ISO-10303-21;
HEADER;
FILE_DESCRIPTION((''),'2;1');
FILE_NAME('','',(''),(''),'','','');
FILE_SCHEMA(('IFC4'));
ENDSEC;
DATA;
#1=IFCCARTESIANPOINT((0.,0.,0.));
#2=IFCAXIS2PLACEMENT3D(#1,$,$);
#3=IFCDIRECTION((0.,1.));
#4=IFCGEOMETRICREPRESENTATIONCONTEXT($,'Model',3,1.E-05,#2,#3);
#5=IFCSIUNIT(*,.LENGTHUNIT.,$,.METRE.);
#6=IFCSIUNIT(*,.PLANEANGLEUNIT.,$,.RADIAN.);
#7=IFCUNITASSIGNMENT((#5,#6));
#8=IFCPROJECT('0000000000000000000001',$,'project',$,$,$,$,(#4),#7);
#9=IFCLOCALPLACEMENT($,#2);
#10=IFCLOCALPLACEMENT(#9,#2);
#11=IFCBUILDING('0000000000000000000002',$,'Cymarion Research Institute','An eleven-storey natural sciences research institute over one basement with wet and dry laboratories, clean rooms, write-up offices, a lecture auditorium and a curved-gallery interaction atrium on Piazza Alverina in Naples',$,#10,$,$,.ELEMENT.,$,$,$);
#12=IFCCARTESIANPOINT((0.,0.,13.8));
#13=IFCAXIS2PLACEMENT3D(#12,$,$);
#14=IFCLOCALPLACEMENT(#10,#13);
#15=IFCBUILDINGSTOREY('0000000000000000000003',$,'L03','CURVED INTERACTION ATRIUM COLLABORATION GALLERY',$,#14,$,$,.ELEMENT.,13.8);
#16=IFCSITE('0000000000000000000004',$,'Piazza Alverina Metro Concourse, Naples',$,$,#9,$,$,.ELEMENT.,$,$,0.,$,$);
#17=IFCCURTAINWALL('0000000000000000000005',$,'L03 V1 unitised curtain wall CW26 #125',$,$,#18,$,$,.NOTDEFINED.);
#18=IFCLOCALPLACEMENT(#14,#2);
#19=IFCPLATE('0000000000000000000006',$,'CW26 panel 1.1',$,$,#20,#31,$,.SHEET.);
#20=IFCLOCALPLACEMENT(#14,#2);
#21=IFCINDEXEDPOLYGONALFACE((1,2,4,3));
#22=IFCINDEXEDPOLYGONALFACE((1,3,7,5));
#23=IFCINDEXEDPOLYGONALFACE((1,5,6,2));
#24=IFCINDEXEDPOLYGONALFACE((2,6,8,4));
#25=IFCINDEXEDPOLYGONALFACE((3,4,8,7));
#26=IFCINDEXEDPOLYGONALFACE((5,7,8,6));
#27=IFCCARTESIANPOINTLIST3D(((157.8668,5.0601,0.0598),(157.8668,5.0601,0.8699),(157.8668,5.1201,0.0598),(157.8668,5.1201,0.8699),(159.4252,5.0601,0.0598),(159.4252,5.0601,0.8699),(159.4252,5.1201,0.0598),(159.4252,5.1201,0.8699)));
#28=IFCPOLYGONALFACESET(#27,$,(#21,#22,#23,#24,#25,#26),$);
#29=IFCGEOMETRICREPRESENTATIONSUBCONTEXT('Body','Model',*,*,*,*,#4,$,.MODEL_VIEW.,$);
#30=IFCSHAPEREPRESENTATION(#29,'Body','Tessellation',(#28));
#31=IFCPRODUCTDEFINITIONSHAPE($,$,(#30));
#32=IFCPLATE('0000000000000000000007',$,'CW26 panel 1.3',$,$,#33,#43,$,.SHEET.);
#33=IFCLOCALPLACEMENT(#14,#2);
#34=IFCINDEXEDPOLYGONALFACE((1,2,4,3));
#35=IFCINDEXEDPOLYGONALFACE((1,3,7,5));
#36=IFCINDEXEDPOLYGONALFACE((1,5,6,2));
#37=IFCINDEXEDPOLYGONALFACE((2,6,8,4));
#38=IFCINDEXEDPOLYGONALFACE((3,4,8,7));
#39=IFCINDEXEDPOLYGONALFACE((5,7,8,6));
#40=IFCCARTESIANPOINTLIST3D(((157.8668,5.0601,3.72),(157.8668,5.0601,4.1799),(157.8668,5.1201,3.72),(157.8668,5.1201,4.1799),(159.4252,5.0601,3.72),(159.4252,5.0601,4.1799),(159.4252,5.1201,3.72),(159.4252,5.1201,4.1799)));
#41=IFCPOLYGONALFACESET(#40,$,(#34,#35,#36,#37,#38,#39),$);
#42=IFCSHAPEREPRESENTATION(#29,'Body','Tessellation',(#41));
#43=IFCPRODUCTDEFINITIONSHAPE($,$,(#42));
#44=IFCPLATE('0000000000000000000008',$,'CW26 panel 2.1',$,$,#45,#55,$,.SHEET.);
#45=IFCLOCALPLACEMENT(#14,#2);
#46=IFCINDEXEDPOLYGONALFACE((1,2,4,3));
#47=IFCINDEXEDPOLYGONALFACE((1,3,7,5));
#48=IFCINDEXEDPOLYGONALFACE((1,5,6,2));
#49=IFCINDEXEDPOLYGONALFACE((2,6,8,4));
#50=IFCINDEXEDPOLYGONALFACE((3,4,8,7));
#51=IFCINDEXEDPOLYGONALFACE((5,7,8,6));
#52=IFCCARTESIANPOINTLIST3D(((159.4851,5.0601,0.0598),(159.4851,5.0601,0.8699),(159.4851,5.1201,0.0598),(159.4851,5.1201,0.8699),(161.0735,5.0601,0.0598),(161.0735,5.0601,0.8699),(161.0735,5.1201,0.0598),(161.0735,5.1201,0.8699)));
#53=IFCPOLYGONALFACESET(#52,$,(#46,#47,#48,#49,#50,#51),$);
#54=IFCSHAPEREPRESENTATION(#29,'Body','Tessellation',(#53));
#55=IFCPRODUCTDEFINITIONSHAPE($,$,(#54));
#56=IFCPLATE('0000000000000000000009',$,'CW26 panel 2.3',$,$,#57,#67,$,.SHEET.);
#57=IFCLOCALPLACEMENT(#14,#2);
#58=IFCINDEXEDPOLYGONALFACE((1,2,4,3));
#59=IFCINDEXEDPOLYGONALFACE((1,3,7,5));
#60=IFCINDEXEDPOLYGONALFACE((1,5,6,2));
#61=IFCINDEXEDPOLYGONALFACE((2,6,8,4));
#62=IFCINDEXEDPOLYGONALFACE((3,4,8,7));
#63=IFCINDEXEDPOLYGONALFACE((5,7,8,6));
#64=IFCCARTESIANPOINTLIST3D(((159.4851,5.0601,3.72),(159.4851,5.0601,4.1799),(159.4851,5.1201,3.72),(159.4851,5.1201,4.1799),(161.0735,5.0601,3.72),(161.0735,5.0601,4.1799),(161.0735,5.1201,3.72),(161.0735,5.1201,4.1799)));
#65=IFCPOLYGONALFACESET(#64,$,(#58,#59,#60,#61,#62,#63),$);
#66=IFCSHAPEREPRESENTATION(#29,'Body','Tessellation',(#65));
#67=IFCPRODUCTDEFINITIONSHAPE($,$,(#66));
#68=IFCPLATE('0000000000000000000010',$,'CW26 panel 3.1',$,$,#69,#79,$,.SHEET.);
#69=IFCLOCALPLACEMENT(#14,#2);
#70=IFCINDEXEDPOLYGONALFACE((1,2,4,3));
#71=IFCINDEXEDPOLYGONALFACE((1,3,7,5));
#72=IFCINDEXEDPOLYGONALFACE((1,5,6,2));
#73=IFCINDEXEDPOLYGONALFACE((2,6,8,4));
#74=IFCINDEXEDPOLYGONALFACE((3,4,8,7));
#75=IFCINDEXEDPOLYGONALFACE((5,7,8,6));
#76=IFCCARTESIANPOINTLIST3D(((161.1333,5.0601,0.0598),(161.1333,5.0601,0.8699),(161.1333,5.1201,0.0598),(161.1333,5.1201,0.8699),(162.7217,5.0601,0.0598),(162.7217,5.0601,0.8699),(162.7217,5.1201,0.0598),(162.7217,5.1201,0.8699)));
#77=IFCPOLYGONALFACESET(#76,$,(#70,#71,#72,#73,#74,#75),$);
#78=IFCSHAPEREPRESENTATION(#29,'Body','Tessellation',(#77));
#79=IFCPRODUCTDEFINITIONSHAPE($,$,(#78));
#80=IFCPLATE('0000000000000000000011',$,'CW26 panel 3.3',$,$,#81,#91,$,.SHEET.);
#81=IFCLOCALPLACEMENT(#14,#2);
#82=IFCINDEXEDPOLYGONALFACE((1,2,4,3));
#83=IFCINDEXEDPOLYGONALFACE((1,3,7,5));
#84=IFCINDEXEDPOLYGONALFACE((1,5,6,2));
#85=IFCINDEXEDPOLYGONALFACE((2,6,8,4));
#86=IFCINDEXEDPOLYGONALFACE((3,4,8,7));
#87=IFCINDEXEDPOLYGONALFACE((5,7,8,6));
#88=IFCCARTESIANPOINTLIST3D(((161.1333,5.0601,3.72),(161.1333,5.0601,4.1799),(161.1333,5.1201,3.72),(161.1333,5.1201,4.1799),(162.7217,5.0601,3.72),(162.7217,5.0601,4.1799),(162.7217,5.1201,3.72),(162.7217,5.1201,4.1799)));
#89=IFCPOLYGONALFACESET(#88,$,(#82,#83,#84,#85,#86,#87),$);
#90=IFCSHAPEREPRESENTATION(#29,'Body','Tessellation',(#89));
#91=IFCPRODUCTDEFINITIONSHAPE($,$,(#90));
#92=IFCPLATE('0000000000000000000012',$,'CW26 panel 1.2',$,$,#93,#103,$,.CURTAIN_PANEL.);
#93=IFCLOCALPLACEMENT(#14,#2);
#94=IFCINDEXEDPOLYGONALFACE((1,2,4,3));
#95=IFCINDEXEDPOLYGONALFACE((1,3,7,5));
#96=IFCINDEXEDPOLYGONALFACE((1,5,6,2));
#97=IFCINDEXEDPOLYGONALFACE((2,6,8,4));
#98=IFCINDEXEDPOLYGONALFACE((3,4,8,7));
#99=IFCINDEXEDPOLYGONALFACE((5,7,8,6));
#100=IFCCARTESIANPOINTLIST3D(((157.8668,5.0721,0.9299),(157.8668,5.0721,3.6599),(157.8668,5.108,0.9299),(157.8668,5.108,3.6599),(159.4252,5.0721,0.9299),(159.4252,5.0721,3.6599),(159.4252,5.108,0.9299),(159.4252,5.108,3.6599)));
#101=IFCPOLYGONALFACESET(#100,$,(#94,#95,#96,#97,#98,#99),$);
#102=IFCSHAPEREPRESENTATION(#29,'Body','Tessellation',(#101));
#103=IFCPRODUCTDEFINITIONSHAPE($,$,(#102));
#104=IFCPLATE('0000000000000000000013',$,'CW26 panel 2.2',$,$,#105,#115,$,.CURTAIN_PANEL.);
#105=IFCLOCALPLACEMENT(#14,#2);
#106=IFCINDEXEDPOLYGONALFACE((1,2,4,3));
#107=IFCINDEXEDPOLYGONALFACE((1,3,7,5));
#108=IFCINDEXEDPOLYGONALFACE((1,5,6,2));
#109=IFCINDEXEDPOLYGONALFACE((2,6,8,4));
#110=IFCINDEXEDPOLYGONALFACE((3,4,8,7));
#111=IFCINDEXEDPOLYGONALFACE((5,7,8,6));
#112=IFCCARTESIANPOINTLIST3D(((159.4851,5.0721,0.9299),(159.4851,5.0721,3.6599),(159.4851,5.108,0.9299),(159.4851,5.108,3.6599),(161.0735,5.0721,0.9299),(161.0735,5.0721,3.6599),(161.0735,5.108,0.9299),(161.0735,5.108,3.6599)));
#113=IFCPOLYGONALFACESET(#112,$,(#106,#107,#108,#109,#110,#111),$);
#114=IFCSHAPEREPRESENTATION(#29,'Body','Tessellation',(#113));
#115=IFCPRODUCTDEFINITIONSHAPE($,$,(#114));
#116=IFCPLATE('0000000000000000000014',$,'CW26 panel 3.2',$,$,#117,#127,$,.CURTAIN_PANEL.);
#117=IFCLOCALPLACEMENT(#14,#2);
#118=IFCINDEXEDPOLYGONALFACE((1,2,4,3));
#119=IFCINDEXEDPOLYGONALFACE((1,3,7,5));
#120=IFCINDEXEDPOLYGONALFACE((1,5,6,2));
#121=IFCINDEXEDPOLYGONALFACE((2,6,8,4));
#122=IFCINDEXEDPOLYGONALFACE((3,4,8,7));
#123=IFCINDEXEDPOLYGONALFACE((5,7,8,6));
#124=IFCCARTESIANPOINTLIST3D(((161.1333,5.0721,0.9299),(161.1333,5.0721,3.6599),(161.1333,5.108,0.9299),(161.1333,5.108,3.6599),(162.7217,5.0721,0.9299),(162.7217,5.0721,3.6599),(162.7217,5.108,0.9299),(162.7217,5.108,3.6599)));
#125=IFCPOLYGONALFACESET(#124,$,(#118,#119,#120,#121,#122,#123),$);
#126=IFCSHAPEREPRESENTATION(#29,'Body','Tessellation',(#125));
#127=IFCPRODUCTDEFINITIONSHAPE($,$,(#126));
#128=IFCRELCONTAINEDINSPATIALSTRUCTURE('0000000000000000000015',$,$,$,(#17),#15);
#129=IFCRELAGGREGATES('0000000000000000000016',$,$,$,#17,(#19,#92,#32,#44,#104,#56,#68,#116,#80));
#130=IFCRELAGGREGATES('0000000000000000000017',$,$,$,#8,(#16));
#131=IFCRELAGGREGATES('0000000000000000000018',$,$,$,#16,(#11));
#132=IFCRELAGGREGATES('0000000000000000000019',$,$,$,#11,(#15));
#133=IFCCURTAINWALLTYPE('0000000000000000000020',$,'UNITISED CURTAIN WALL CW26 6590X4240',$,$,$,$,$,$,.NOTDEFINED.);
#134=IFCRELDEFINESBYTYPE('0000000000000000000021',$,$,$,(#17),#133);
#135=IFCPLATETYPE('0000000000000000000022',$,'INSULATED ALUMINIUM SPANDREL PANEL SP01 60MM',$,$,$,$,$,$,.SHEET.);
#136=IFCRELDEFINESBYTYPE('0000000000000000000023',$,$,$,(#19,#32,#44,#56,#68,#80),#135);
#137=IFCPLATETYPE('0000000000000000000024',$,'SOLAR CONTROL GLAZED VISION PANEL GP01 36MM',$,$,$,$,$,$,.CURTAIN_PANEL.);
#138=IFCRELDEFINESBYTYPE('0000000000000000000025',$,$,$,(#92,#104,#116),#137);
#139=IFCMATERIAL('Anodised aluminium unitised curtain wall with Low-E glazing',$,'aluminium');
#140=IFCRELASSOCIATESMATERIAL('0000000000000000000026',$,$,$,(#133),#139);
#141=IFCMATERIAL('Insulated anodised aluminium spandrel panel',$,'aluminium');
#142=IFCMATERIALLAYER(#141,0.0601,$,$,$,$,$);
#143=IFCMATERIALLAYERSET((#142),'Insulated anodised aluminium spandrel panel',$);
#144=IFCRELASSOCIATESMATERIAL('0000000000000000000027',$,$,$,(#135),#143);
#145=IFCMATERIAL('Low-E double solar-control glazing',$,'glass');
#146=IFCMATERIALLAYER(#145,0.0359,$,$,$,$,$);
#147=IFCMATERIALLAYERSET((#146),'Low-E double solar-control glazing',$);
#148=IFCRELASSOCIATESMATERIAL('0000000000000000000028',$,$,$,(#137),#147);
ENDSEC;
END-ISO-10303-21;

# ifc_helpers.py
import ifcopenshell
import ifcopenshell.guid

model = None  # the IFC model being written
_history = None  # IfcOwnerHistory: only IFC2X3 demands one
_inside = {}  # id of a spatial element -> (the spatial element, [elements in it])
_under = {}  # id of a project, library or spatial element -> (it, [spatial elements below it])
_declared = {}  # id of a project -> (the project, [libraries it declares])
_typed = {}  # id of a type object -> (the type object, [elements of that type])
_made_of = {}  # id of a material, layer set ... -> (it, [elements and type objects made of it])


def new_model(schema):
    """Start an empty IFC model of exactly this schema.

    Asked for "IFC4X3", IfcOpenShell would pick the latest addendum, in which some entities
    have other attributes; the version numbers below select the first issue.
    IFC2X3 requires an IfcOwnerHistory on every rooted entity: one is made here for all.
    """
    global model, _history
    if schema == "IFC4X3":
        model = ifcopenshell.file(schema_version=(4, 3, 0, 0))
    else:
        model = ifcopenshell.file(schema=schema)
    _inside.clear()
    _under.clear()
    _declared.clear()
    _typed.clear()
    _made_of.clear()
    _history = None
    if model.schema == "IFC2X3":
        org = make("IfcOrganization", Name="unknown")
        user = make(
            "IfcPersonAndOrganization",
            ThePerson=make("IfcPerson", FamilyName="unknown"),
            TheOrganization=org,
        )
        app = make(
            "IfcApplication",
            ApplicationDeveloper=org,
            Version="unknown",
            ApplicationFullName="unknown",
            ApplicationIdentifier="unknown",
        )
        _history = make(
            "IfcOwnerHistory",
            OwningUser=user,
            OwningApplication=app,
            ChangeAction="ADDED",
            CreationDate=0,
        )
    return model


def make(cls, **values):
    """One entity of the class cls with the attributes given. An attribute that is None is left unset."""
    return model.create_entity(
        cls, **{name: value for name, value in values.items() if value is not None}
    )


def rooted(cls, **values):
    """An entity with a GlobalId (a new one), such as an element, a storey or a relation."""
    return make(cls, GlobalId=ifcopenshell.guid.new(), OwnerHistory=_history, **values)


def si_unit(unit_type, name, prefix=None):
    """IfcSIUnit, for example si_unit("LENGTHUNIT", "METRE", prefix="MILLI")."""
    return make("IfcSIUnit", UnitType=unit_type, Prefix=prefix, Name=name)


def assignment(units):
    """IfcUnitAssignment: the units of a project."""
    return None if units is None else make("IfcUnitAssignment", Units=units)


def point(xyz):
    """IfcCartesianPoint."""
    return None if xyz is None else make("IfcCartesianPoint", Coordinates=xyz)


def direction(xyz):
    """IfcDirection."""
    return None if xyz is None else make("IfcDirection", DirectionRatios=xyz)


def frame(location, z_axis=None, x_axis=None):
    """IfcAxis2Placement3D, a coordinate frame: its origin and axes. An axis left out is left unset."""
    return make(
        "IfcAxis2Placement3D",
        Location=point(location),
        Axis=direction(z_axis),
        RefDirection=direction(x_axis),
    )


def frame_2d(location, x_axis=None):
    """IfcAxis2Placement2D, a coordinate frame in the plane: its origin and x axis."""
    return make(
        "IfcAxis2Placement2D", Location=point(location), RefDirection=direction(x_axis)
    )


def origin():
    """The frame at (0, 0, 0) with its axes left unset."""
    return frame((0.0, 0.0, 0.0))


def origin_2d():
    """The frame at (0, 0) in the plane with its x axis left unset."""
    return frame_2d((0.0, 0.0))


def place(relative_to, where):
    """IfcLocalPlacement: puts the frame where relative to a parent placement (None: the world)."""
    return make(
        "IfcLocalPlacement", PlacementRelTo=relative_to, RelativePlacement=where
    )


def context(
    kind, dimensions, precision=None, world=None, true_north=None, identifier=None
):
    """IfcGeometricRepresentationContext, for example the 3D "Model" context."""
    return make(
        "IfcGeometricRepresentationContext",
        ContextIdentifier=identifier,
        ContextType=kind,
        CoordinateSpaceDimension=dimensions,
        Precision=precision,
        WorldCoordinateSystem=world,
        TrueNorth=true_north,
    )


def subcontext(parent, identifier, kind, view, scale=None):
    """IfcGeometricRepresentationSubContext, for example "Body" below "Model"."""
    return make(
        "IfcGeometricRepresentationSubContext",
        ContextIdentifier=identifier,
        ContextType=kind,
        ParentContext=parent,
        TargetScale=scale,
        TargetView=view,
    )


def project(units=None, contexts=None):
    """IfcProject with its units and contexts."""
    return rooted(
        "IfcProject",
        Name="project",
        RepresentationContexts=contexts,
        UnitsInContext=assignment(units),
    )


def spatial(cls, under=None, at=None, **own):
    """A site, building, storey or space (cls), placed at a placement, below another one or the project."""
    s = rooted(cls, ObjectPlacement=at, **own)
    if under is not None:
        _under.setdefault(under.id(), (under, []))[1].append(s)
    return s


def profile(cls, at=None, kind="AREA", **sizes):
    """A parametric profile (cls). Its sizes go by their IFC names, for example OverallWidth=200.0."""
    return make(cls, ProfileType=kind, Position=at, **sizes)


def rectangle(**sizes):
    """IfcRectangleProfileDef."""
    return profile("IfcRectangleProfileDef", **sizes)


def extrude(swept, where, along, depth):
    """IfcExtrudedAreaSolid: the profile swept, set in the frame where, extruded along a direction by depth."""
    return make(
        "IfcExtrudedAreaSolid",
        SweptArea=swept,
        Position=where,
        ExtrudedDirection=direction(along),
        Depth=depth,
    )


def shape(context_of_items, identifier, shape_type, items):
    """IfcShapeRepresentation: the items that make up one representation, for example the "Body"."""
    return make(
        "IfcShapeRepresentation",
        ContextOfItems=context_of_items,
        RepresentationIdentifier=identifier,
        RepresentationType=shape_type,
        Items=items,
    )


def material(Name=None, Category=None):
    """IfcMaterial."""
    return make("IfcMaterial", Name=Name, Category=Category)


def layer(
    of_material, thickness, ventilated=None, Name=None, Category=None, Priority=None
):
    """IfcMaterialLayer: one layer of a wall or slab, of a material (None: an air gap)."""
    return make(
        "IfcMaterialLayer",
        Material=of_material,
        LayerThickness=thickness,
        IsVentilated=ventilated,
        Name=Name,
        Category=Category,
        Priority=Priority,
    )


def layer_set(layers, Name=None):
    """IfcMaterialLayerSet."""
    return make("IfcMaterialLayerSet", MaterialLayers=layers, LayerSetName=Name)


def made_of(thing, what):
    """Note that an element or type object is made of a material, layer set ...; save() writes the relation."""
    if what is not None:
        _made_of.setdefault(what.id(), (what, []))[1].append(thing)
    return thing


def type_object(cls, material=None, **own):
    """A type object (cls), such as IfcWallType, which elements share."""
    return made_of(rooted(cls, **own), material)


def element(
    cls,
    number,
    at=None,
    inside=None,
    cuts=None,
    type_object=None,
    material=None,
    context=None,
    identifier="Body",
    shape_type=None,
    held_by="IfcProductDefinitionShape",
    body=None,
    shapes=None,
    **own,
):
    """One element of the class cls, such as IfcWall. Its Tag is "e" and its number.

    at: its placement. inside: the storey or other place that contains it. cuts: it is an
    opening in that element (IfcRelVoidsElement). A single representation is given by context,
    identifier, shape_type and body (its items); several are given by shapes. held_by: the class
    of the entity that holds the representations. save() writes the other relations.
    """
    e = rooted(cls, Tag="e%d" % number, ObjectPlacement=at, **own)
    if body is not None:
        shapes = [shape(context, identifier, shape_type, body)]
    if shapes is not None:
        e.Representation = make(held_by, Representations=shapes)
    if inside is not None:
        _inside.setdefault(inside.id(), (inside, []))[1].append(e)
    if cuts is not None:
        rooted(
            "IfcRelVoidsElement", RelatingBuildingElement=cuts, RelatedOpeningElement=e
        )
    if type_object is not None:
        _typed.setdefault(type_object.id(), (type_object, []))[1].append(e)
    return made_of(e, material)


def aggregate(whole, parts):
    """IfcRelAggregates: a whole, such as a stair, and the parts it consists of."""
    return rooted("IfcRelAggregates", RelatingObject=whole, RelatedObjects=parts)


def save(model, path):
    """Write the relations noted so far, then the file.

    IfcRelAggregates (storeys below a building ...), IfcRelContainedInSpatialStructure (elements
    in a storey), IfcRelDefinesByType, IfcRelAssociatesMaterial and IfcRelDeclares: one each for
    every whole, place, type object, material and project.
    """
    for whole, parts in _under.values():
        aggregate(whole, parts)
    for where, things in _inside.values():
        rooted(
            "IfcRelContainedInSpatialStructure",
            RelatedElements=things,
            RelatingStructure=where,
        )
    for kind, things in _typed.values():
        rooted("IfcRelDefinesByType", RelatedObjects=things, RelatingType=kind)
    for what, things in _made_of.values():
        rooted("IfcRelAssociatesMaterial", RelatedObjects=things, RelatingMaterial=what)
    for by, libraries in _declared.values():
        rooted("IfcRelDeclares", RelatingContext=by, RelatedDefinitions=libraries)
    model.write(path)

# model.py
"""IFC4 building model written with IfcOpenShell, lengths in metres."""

from ifc_helpers import new_model, si_unit, direction, frame, origin, origin_2d, place, context, subcontext, project, spatial, rectangle, extrude, material, layer, layer_set, type_object, element, aggregate, save


model = new_model("IFC4")

# Units and contexts
model_context = context("Model", 3, precision=1e-05, world=origin(), true_north=direction((0.0, 1.0)))
body_context = subcontext(model_context, "Body", "Model", "MODEL_VIEW")
ifc_project = project(units=[si_unit("LENGTHUNIT", "METRE"), si_unit("PLANEANGLEUNIT", "RADIAN")], contexts=[model_context])

# Site, building, storey
site_placement = place(None, origin())
site = spatial("IfcSite", under=ifc_project, at=site_placement, Name="Piazza Alverina Metro Concourse, Naples", CompositionType="ELEMENT", RefElevation=0.0)
building_placement = place(site_placement, origin())
building = spatial("IfcBuilding", under=site, at=building_placement, Name="Cymarion Research Institute", Description="An eleven-storey natural sciences research institute over one basement with wet and dry laboratories, clean rooms, write-up offices, a lecture auditorium and a curved-gallery interaction atrium on Piazza Alverina in Naples", CompositionType="ELEMENT")
storey_placement = place(building_placement, frame((0.0, 0.0, 13.8)))
storey = spatial("IfcBuildingStorey", under=building, at=storey_placement, Name="L03", Description="CURVED INTERACTION ATRIUM COLLABORATION GALLERY", CompositionType="ELEMENT", Elevation=13.8)

# Curtain wall, plates
ifc_material_1 = material(Name="Anodised aluminium unitised curtain wall with Low-E glazing", Category="aluminium")
curtain_wall_type = type_object("IfcCurtainWallType", Name="UNITISED CURTAIN WALL CW26 6590X4240", PredefinedType="NOTDEFINED", material=ifc_material_1)
curtain_wall_placement = place(storey_placement, origin())
curtain_wall = element("IfcCurtainWall", 1, at=curtain_wall_placement, inside=storey, type_object=curtain_wall_type, Name="L03 V1 unitised curtain wall CW26 #125", PredefinedType="NOTDEFINED")
ifc_material_2 = material(Name="Insulated anodised aluminium spandrel panel", Category="aluminium")
ifc_layer_1 = layer(ifc_material_2, 0.0601)
ifc_layer_set_1 = layer_set([ifc_layer_1], Name="Insulated anodised aluminium spandrel panel")
plate_type_1 = type_object("IfcPlateType", Name="INSULATED ALUMINIUM SPANDREL PANEL SP01 60MM", PredefinedType="SHEET", material=ifc_layer_set_1)
plate_1_placement = place(storey_placement, frame((158.646, 5.0901, 0.0598), z_axis=(0.0, 0.0, 1.0), x_axis=(1.0, 0.0, 0.0)))
plate_1 = element("IfcPlate", 2, at=plate_1_placement, type_object=plate_type_1, Name="CW26 panel 1.1", PredefinedType="SHEET", context=body_context, shape_type="SweptSolid", body=[
    extrude(rectangle(XDim=1.5583, YDim=0.0601, at=origin_2d()), origin(), (0.0, 0.0, 1.0), 0.8101),
])
plate_2_placement = place(storey_placement, frame((158.646, 5.0901, 3.72), z_axis=(0.0, 0.0, 1.0), x_axis=(1.0, 0.0, 0.0)))
plate_2 = element("IfcPlate", 3, at=plate_2_placement, type_object=plate_type_1, Name="CW26 panel 1.3", PredefinedType="SHEET", context=body_context, shape_type="SweptSolid", body=[
    extrude(rectangle(XDim=1.5583, YDim=0.0601, at=origin_2d()), origin(), (0.0, 0.0, 1.0), 0.46),
])
plate_3_placement = place(storey_placement, frame((160.2793, 5.0901, 0.0598), z_axis=(0.0, 0.0, 1.0), x_axis=(1.0, 0.0, 0.0)))
plate_3 = element("IfcPlate", 4, at=plate_3_placement, type_object=plate_type_1, Name="CW26 panel 2.1", PredefinedType="SHEET", context=body_context, shape_type="SweptSolid", body=[
    extrude(rectangle(XDim=1.5884, YDim=0.0601, at=origin_2d()), origin(), (0.0, 0.0, 1.0), 0.8101),
])
plate_4_placement = place(storey_placement, frame((160.2793, 5.0901, 3.72), z_axis=(0.0, 0.0, 1.0), x_axis=(1.0, 0.0, 0.0)))
plate_4 = element("IfcPlate", 5, at=plate_4_placement, type_object=plate_type_1, Name="CW26 panel 2.3", PredefinedType="SHEET", context=body_context, shape_type="SweptSolid", body=[
    extrude(rectangle(XDim=1.5884, YDim=0.0601, at=origin_2d()), origin(), (0.0, 0.0, 1.0), 0.46),
])
plate_5_placement = place(storey_placement, frame((161.9275, 5.0901, 0.0598), z_axis=(0.0, 0.0, 1.0), x_axis=(1.0, 0.0, 0.0)))
plate_5 = element("IfcPlate", 6, at=plate_5_placement, type_object=plate_type_1, Name="CW26 panel 3.1", PredefinedType="SHEET", context=body_context, shape_type="SweptSolid", body=[
    extrude(rectangle(XDim=1.5884, YDim=0.0601, at=origin_2d()), origin(), (0.0, 0.0, 1.0), 0.8101),
])
plate_6_placement = place(storey_placement, frame((161.9275, 5.0901, 3.72), z_axis=(0.0, 0.0, 1.0), x_axis=(1.0, 0.0, 0.0)))
plate_6 = element("IfcPlate", 7, at=plate_6_placement, type_object=plate_type_1, Name="CW26 panel 3.3", PredefinedType="SHEET", context=body_context, shape_type="SweptSolid", body=[
    extrude(rectangle(XDim=1.5884, YDim=0.0601, at=origin_2d()), origin(), (0.0, 0.0, 1.0), 0.46),
])
ifc_material_3 = material(Name="Low-E double solar-control glazing", Category="glass")
ifc_layer_2 = layer(ifc_material_3, 0.0359)
ifc_layer_set_2 = layer_set([ifc_layer_2], Name="Low-E double solar-control glazing")
plate_type_2 = type_object("IfcPlateType", Name="SOLAR CONTROL GLAZED VISION PANEL GP01 36MM", PredefinedType="CURTAIN_PANEL", material=ifc_layer_set_2)
plate_7_placement = place(storey_placement, frame((158.646, 5.0901, 0.9299), z_axis=(0.0, 0.0, 1.0), x_axis=(1.0, 0.0, 0.0)))
plate_7 = element("IfcPlate", 8, at=plate_7_placement, type_object=plate_type_2, Name="CW26 panel 1.2", PredefinedType="CURTAIN_PANEL", context=body_context, shape_type="SweptSolid", body=[
    extrude(rectangle(XDim=1.5583, YDim=0.0359, at=origin_2d()), origin(), (0.0, 0.0, 1.0), 2.73),
])
plate_8_placement = place(storey_placement, frame((160.2793, 5.0901, 0.9299), z_axis=(0.0, 0.0, 1.0), x_axis=(1.0, 0.0, 0.0)))
plate_8 = element("IfcPlate", 9, at=plate_8_placement, type_object=plate_type_2, Name="CW26 panel 2.2", PredefinedType="CURTAIN_PANEL", context=body_context, shape_type="SweptSolid", body=[
    extrude(rectangle(XDim=1.5884, YDim=0.0359, at=origin_2d()), origin(), (0.0, 0.0, 1.0), 2.73),
])
plate_9_placement = place(storey_placement, frame((161.9275, 5.0901, 0.9299), z_axis=(0.0, 0.0, 1.0), x_axis=(1.0, 0.0, 0.0)))
plate_9 = element("IfcPlate", 10, at=plate_9_placement, type_object=plate_type_2, Name="CW26 panel 3.2", PredefinedType="CURTAIN_PANEL", context=body_context, shape_type="SweptSolid", body=[
    extrude(rectangle(XDim=1.5884, YDim=0.0359, at=origin_2d()), origin(), (0.0, 0.0, 1.0), 2.73),
])
aggregate(curtain_wall, [plate_1, plate_7, plate_2, plate_3, plate_8, plate_4, plate_5, plate_9, plate_6])

save(model, "model.ifc")
